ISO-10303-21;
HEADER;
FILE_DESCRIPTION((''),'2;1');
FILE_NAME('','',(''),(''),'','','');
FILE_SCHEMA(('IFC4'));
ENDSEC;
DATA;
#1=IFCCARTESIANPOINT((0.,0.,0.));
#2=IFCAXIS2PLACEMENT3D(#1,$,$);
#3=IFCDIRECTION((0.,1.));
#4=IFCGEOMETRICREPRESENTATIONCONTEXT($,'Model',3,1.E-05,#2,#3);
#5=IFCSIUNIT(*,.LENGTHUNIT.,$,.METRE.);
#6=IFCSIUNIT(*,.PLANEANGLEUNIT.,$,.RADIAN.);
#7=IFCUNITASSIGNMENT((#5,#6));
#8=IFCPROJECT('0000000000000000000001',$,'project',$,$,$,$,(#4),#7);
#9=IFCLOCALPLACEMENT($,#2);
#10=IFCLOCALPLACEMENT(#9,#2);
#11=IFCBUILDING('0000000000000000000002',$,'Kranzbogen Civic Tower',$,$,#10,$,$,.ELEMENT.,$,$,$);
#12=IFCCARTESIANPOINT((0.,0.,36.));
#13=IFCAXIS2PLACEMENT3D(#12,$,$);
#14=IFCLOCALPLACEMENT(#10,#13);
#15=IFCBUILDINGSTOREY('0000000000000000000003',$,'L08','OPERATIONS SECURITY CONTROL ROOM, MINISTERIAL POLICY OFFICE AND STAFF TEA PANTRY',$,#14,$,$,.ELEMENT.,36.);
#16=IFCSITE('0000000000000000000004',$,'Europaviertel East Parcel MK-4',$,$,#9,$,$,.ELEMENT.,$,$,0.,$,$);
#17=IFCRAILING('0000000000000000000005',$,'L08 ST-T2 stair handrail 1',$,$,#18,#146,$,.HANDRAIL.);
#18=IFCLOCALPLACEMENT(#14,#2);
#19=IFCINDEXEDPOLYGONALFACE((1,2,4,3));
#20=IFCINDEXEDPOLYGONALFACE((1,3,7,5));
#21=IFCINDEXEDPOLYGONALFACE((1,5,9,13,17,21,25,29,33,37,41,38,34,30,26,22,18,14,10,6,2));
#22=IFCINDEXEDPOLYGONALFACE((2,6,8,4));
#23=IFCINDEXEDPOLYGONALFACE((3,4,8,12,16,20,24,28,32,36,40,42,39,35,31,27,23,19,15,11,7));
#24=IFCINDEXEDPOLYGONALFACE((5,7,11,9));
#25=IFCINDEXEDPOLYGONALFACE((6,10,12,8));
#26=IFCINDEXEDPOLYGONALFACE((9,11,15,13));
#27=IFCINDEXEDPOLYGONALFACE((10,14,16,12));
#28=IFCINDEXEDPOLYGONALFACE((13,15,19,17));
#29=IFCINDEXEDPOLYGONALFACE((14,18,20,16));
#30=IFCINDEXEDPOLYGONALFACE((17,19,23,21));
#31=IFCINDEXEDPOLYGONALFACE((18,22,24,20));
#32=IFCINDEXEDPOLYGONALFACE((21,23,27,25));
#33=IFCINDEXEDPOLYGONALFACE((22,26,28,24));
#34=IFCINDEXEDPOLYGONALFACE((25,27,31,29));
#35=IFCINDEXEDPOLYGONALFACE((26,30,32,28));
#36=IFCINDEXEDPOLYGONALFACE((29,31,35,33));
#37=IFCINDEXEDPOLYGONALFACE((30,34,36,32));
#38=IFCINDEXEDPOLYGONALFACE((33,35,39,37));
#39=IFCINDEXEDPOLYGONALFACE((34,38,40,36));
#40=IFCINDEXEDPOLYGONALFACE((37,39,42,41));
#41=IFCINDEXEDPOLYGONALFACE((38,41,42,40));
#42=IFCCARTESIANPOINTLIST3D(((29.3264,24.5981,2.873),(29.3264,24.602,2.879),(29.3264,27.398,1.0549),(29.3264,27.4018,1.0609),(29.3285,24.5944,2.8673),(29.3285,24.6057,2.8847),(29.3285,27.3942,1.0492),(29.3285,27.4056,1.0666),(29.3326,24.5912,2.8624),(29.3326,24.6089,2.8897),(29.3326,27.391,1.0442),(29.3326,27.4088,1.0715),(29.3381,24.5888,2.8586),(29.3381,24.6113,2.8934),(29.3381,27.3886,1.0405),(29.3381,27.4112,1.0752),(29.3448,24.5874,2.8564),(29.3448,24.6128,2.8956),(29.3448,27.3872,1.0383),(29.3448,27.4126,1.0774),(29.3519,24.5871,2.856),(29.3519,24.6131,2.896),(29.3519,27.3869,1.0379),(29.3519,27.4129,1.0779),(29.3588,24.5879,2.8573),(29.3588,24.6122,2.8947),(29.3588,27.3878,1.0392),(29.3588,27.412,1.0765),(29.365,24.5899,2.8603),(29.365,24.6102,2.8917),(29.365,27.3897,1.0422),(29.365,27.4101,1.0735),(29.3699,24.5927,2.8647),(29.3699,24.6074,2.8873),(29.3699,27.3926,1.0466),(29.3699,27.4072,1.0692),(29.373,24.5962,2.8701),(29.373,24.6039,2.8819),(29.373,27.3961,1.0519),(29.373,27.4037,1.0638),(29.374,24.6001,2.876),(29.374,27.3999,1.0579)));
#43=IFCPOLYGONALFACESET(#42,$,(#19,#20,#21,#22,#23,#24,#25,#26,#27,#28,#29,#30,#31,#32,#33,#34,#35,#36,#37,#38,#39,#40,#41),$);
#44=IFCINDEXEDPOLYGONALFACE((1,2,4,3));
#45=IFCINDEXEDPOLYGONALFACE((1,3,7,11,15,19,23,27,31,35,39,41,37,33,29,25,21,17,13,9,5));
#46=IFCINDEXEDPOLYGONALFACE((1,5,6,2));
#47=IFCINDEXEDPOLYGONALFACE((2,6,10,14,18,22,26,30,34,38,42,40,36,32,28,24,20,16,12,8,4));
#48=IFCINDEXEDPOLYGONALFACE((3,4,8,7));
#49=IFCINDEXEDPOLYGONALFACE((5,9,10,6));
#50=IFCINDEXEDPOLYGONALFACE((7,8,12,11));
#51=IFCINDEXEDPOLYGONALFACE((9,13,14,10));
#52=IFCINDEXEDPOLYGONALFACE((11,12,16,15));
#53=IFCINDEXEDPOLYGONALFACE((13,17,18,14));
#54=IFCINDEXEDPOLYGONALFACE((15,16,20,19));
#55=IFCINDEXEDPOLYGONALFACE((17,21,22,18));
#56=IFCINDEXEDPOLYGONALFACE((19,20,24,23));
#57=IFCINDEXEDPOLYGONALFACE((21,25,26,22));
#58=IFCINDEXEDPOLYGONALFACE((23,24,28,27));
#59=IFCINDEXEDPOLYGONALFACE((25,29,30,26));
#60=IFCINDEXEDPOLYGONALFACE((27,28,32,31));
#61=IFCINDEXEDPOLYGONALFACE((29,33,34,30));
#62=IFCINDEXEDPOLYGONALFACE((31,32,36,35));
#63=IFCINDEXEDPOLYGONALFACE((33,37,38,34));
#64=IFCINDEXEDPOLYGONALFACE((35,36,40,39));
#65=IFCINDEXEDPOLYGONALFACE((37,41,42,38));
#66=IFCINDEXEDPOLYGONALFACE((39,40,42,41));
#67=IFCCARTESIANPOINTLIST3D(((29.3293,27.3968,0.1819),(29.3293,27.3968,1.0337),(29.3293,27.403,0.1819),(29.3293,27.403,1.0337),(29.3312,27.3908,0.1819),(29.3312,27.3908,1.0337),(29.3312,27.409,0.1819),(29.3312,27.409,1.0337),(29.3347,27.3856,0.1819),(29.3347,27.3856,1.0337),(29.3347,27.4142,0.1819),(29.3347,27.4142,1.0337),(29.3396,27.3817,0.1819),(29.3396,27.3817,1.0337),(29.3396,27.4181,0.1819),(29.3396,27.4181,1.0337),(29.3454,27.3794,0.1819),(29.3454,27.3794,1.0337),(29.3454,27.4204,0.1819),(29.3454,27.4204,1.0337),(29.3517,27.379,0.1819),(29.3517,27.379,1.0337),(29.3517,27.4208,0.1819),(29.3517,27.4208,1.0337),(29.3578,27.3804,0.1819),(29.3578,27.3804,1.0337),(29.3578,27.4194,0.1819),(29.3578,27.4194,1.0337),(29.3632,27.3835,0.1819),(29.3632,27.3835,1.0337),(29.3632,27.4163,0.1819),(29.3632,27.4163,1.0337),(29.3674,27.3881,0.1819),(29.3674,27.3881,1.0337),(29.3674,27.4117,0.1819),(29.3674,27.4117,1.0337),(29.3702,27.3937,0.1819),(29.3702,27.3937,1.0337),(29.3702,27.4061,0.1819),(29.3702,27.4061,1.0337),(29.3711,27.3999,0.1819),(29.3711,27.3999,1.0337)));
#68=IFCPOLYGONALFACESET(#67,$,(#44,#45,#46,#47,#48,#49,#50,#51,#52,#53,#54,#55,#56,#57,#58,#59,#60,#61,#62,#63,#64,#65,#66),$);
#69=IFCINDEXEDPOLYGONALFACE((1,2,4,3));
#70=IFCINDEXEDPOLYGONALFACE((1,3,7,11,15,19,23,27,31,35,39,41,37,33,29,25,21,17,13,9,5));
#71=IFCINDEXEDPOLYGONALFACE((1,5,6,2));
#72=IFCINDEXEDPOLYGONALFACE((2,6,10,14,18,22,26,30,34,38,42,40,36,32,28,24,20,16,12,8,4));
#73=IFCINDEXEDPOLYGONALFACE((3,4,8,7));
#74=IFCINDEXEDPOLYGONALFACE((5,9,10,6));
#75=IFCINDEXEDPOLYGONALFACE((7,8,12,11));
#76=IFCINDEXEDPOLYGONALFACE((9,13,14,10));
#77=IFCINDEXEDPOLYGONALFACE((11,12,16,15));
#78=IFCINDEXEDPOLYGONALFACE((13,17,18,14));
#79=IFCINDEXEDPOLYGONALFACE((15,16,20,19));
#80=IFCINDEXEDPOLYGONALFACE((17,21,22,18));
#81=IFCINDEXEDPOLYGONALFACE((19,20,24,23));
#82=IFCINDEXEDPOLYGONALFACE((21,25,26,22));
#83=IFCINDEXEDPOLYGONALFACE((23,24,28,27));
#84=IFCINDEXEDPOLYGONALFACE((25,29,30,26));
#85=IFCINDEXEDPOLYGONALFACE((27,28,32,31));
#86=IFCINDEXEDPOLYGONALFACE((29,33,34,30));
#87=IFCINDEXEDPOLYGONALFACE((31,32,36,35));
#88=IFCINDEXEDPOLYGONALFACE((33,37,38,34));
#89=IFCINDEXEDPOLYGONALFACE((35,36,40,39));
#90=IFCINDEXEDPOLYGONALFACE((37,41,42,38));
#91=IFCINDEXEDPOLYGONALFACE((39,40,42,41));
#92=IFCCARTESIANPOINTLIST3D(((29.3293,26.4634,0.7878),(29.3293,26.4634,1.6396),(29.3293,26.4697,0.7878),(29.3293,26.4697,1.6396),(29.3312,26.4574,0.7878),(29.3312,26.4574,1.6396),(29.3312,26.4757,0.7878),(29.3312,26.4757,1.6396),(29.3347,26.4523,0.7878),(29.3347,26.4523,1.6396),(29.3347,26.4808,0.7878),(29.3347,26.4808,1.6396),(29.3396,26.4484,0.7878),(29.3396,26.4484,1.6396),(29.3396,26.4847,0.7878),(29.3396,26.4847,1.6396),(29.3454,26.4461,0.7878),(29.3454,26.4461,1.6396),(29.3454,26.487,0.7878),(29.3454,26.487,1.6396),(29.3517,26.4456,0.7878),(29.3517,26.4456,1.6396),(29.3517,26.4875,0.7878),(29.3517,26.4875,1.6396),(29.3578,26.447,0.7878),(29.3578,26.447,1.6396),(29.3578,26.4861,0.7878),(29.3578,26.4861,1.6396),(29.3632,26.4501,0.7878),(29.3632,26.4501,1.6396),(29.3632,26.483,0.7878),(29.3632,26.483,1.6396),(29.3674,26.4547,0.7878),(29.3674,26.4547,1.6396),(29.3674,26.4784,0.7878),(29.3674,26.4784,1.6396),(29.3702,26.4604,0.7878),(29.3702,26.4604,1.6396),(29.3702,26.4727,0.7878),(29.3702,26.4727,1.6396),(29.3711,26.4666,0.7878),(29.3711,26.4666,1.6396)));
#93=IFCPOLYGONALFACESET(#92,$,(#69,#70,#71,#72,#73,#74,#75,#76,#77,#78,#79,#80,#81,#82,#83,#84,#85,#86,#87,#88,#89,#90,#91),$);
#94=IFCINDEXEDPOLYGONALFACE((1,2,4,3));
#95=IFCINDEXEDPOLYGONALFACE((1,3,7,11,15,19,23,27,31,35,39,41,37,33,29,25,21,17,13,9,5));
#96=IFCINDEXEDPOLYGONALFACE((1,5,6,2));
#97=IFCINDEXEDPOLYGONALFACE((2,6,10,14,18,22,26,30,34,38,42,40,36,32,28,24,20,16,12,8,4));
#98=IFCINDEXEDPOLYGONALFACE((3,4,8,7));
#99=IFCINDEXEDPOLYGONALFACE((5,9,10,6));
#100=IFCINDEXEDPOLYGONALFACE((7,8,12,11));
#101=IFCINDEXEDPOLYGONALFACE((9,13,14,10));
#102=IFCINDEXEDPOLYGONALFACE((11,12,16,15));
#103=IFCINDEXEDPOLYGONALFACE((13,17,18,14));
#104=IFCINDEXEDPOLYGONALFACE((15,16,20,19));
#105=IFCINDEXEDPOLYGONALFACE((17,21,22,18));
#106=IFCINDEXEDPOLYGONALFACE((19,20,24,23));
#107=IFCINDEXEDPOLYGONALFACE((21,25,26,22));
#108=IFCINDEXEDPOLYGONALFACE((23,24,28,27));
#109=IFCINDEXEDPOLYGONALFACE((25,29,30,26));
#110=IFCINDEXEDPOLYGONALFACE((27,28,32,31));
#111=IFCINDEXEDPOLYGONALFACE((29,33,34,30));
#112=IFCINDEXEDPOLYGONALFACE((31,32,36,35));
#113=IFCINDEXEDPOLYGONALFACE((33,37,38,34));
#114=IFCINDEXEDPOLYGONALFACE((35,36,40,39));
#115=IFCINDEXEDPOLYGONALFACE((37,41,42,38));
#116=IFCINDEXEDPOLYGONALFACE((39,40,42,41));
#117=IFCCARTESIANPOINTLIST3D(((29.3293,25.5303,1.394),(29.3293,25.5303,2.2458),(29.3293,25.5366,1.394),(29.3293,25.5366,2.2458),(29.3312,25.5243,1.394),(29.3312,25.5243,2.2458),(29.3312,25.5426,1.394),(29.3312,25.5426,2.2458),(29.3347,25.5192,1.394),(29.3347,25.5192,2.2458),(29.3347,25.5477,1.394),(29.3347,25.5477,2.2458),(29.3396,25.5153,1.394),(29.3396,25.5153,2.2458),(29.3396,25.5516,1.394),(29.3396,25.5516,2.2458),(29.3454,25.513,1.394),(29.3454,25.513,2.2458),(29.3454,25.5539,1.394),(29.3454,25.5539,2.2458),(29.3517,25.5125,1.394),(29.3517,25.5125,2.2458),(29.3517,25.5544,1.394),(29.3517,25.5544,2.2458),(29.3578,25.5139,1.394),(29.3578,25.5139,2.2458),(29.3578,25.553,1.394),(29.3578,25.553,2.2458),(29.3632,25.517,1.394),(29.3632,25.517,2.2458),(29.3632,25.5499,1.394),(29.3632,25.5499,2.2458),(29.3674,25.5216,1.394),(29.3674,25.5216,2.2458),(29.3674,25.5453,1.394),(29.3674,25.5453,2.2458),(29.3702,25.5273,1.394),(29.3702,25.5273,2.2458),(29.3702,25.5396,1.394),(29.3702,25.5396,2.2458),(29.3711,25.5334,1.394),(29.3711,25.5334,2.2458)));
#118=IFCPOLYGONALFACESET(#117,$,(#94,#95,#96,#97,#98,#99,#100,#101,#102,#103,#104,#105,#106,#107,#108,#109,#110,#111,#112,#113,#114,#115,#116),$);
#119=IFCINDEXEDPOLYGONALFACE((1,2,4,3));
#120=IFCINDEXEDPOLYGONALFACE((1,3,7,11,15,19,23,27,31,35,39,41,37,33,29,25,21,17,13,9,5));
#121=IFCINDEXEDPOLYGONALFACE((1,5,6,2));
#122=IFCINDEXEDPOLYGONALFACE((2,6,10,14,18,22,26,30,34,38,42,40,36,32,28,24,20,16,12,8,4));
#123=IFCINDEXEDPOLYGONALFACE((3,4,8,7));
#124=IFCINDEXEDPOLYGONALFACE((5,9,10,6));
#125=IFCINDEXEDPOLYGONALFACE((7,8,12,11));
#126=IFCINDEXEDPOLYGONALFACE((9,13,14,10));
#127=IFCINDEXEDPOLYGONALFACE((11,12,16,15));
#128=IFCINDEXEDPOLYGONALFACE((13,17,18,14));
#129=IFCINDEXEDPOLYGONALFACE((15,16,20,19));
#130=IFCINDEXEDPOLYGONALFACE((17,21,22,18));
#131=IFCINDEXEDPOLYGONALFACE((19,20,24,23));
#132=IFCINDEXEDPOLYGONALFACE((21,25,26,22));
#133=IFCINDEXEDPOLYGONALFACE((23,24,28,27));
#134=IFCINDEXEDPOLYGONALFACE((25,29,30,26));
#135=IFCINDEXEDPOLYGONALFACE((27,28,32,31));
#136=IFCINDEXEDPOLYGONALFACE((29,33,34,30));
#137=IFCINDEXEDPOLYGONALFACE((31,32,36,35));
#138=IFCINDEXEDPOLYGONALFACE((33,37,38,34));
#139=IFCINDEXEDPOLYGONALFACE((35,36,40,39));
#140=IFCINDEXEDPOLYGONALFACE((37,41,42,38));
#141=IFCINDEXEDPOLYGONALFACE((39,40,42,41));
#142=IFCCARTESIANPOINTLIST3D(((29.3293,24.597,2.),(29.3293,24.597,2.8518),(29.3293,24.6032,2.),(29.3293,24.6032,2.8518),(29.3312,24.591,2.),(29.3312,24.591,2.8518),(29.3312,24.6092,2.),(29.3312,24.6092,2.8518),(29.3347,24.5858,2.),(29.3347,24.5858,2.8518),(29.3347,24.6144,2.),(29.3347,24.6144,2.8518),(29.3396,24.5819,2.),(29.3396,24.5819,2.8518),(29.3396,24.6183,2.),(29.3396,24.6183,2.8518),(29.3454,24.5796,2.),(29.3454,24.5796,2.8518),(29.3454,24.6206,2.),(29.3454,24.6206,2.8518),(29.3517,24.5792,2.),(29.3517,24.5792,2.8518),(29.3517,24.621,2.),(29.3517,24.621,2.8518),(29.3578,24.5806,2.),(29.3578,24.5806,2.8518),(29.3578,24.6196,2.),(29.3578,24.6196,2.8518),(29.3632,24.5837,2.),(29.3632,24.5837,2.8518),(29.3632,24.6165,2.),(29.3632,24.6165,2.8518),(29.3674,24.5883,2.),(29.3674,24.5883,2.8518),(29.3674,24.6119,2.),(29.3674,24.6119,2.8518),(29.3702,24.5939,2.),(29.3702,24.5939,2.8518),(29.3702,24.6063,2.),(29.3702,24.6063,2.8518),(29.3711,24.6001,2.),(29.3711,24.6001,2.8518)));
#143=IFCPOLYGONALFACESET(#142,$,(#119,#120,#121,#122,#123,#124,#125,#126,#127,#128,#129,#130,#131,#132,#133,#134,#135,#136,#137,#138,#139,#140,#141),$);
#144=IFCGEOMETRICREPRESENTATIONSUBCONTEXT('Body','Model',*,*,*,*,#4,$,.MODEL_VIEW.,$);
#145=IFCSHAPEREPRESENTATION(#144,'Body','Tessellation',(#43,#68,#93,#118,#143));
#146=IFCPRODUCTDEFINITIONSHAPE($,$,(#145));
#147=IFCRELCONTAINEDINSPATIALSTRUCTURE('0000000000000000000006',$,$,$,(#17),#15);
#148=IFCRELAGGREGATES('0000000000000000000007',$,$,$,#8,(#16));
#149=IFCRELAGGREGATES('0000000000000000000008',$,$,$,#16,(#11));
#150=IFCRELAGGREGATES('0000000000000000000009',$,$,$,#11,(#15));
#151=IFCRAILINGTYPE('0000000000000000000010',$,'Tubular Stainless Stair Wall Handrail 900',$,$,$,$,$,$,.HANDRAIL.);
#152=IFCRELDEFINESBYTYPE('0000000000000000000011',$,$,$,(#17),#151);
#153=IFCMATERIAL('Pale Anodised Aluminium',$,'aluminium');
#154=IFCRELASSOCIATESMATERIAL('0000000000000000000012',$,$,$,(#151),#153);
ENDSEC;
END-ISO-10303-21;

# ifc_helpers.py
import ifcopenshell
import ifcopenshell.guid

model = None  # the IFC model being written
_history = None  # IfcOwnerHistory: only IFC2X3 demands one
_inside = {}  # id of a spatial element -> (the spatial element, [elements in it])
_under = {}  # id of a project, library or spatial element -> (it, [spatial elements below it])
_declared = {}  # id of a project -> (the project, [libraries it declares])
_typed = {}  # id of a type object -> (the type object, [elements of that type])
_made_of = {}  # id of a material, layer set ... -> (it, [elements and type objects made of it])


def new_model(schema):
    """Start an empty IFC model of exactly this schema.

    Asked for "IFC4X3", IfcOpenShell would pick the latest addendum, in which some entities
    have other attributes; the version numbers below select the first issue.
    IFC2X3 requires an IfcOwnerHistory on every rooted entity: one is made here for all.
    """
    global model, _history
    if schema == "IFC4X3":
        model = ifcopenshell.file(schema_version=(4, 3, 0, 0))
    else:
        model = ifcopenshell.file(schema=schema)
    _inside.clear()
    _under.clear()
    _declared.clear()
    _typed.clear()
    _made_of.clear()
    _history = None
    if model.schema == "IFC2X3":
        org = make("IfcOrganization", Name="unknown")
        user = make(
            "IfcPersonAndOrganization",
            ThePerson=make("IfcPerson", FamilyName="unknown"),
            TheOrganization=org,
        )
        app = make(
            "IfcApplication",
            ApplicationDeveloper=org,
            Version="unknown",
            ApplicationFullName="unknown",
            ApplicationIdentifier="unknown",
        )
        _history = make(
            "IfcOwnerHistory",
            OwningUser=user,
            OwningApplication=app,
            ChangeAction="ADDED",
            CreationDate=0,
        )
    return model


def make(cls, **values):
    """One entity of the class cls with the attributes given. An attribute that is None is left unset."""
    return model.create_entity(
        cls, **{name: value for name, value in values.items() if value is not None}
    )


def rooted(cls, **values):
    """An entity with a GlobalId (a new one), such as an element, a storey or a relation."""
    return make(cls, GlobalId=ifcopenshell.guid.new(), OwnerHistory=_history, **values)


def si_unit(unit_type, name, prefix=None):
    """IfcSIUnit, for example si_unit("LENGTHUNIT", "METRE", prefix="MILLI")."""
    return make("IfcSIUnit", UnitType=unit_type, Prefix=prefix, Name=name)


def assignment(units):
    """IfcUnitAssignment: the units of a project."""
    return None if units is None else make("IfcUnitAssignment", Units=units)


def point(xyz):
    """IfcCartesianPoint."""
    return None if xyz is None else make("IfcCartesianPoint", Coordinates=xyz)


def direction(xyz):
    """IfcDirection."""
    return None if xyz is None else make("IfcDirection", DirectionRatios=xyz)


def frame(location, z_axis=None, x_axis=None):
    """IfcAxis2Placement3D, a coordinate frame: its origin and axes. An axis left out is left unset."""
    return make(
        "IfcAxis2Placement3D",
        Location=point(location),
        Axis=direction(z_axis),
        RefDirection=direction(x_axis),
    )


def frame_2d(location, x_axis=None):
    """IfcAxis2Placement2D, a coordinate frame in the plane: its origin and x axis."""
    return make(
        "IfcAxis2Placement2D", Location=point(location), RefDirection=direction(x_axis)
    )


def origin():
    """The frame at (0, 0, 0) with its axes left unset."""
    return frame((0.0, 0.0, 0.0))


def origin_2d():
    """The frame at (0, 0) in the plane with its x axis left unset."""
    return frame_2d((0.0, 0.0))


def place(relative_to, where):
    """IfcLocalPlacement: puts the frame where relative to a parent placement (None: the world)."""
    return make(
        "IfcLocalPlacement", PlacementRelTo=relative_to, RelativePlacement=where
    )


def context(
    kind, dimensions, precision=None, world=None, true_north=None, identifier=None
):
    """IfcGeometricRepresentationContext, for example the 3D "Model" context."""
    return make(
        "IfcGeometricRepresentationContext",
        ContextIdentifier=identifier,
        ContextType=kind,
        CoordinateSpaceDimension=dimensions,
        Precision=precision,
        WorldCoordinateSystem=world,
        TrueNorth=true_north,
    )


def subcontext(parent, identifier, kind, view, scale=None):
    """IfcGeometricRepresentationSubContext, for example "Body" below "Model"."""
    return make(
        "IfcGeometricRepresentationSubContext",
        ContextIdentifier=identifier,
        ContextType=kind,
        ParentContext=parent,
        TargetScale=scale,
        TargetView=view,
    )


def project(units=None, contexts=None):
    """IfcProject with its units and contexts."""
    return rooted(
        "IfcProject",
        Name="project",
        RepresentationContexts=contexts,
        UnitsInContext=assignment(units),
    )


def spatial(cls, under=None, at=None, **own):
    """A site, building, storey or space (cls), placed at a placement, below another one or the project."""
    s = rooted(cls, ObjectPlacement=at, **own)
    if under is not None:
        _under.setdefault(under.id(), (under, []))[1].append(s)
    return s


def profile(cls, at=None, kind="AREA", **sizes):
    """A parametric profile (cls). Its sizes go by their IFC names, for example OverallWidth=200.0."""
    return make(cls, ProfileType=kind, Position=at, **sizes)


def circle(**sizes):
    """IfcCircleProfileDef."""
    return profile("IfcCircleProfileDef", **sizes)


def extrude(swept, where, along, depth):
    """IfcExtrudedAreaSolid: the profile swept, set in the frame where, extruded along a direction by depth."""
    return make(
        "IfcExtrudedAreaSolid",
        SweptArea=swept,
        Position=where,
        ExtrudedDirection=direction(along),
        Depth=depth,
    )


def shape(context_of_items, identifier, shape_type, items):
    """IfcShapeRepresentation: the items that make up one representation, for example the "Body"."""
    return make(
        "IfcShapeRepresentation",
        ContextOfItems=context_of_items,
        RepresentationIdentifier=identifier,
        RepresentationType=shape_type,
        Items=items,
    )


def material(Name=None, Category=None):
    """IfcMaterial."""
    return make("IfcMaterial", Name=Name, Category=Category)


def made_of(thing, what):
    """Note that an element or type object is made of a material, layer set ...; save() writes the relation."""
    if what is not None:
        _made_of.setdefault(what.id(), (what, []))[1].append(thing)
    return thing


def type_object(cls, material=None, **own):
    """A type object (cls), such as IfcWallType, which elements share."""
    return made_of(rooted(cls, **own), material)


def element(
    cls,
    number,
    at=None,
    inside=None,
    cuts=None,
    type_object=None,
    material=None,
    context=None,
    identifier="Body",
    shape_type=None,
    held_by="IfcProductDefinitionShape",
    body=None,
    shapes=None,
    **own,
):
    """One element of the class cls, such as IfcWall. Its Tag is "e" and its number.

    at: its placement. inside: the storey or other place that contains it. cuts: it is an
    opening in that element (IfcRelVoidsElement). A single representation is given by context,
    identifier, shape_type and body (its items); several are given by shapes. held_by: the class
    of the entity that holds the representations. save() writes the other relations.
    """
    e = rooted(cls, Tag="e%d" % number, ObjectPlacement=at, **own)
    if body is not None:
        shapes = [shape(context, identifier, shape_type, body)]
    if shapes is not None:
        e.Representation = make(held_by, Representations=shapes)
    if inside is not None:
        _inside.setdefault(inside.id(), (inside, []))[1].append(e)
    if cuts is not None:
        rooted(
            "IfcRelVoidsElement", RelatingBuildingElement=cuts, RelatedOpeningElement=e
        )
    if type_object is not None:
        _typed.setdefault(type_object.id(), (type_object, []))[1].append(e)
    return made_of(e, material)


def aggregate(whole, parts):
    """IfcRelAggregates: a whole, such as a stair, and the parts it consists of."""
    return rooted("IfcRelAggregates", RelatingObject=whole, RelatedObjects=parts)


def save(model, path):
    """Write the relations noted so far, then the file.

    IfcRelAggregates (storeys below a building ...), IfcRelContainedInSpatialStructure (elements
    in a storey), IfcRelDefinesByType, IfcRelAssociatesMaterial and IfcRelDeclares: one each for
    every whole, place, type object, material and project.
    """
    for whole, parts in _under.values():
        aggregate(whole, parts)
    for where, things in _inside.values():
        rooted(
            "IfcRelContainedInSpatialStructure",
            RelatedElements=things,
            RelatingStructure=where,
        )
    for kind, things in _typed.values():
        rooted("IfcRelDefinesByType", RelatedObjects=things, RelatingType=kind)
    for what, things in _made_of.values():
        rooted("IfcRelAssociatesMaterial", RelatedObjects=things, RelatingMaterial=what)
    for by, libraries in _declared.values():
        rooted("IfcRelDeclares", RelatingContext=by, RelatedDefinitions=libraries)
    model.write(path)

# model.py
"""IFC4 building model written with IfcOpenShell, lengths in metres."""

from ifc_helpers import new_model, si_unit, direction, frame, origin, origin_2d, place, context, subcontext, project, spatial, circle, extrude, material, type_object, element, save


model = new_model("IFC4")

# Units and contexts
model_context = context("Model", 3, precision=1e-05, world=origin(), true_north=direction((0.0, 1.0)))
body_context = subcontext(model_context, "Body", "Model", "MODEL_VIEW")
ifc_project = project(units=[si_unit("LENGTHUNIT", "METRE"), si_unit("PLANEANGLEUNIT", "RADIAN")], contexts=[model_context])

# Site, building, storey
site_placement = place(None, origin())
site = spatial("IfcSite", under=ifc_project, at=site_placement, Name="Europaviertel East Parcel MK-4", CompositionType="ELEMENT", RefElevation=0.0)
building_placement = place(site_placement, origin())
building = spatial("IfcBuilding", under=site, at=building_placement, Name="Kranzbogen Civic Tower", CompositionType="ELEMENT")
storey_placement = place(building_placement, frame((0.0, 0.0, 36.0)))
storey = spatial("IfcBuildingStorey", under=building, at=storey_placement, Name="L08", Description="OPERATIONS SECURITY CONTROL ROOM, MINISTERIAL POLICY OFFICE AND STAFF TEA PANTRY", CompositionType="ELEMENT", Elevation=36.0)

# Shared definitions
ifc_material_1 = material(Name="Pale Anodised Aluminium", Category="aluminium")

# Railing
railing_type_1 = type_object("IfcRailingType", Name="Tubular Stainless Stair Wall Handrail 900", PredefinedType="HANDRAIL", material=ifc_material_1)
railing_1_placement = place(storey_placement, frame((29.3501, 27.3999, 0.1819)))
element("IfcRailing", 1, at=railing_1_placement, inside=storey, type_object=railing_type_1, Name="L08 ST-T2 stair handrail 1", PredefinedType="HANDRAIL", context=body_context, shape_type="SweptSolid", body=[
    extrude(circle(Radius=0.0239, at=origin_2d()), frame((0.0, 0.0, 0.876), z_axis=(0.0, -0.838684, 0.544618), x_axis=(1.0, 0.0, 0.0)), (0.0, 0.0, 1.0), 3.3384),
    extrude(circle(Radius=0.021, at=origin_2d()), origin(), (0.0, 0.0, 1.0), 0.8518),
    extrude(circle(Radius=0.021, at=origin_2d()), frame((0.0, -0.9333, 0.606)), (0.0, 0.0, 1.0), 0.8518),
    extrude(circle(Radius=0.021, at=origin_2d()), frame((0.0, -1.8665, 1.2122)), (0.0, 0.0, 1.0), 0.8518),
    extrude(circle(Radius=0.021, at=origin_2d()), frame((0.0, -2.7998, 1.8181)), (0.0, 0.0, 1.0), 0.8518),
])

save(model, "model.ifc")
